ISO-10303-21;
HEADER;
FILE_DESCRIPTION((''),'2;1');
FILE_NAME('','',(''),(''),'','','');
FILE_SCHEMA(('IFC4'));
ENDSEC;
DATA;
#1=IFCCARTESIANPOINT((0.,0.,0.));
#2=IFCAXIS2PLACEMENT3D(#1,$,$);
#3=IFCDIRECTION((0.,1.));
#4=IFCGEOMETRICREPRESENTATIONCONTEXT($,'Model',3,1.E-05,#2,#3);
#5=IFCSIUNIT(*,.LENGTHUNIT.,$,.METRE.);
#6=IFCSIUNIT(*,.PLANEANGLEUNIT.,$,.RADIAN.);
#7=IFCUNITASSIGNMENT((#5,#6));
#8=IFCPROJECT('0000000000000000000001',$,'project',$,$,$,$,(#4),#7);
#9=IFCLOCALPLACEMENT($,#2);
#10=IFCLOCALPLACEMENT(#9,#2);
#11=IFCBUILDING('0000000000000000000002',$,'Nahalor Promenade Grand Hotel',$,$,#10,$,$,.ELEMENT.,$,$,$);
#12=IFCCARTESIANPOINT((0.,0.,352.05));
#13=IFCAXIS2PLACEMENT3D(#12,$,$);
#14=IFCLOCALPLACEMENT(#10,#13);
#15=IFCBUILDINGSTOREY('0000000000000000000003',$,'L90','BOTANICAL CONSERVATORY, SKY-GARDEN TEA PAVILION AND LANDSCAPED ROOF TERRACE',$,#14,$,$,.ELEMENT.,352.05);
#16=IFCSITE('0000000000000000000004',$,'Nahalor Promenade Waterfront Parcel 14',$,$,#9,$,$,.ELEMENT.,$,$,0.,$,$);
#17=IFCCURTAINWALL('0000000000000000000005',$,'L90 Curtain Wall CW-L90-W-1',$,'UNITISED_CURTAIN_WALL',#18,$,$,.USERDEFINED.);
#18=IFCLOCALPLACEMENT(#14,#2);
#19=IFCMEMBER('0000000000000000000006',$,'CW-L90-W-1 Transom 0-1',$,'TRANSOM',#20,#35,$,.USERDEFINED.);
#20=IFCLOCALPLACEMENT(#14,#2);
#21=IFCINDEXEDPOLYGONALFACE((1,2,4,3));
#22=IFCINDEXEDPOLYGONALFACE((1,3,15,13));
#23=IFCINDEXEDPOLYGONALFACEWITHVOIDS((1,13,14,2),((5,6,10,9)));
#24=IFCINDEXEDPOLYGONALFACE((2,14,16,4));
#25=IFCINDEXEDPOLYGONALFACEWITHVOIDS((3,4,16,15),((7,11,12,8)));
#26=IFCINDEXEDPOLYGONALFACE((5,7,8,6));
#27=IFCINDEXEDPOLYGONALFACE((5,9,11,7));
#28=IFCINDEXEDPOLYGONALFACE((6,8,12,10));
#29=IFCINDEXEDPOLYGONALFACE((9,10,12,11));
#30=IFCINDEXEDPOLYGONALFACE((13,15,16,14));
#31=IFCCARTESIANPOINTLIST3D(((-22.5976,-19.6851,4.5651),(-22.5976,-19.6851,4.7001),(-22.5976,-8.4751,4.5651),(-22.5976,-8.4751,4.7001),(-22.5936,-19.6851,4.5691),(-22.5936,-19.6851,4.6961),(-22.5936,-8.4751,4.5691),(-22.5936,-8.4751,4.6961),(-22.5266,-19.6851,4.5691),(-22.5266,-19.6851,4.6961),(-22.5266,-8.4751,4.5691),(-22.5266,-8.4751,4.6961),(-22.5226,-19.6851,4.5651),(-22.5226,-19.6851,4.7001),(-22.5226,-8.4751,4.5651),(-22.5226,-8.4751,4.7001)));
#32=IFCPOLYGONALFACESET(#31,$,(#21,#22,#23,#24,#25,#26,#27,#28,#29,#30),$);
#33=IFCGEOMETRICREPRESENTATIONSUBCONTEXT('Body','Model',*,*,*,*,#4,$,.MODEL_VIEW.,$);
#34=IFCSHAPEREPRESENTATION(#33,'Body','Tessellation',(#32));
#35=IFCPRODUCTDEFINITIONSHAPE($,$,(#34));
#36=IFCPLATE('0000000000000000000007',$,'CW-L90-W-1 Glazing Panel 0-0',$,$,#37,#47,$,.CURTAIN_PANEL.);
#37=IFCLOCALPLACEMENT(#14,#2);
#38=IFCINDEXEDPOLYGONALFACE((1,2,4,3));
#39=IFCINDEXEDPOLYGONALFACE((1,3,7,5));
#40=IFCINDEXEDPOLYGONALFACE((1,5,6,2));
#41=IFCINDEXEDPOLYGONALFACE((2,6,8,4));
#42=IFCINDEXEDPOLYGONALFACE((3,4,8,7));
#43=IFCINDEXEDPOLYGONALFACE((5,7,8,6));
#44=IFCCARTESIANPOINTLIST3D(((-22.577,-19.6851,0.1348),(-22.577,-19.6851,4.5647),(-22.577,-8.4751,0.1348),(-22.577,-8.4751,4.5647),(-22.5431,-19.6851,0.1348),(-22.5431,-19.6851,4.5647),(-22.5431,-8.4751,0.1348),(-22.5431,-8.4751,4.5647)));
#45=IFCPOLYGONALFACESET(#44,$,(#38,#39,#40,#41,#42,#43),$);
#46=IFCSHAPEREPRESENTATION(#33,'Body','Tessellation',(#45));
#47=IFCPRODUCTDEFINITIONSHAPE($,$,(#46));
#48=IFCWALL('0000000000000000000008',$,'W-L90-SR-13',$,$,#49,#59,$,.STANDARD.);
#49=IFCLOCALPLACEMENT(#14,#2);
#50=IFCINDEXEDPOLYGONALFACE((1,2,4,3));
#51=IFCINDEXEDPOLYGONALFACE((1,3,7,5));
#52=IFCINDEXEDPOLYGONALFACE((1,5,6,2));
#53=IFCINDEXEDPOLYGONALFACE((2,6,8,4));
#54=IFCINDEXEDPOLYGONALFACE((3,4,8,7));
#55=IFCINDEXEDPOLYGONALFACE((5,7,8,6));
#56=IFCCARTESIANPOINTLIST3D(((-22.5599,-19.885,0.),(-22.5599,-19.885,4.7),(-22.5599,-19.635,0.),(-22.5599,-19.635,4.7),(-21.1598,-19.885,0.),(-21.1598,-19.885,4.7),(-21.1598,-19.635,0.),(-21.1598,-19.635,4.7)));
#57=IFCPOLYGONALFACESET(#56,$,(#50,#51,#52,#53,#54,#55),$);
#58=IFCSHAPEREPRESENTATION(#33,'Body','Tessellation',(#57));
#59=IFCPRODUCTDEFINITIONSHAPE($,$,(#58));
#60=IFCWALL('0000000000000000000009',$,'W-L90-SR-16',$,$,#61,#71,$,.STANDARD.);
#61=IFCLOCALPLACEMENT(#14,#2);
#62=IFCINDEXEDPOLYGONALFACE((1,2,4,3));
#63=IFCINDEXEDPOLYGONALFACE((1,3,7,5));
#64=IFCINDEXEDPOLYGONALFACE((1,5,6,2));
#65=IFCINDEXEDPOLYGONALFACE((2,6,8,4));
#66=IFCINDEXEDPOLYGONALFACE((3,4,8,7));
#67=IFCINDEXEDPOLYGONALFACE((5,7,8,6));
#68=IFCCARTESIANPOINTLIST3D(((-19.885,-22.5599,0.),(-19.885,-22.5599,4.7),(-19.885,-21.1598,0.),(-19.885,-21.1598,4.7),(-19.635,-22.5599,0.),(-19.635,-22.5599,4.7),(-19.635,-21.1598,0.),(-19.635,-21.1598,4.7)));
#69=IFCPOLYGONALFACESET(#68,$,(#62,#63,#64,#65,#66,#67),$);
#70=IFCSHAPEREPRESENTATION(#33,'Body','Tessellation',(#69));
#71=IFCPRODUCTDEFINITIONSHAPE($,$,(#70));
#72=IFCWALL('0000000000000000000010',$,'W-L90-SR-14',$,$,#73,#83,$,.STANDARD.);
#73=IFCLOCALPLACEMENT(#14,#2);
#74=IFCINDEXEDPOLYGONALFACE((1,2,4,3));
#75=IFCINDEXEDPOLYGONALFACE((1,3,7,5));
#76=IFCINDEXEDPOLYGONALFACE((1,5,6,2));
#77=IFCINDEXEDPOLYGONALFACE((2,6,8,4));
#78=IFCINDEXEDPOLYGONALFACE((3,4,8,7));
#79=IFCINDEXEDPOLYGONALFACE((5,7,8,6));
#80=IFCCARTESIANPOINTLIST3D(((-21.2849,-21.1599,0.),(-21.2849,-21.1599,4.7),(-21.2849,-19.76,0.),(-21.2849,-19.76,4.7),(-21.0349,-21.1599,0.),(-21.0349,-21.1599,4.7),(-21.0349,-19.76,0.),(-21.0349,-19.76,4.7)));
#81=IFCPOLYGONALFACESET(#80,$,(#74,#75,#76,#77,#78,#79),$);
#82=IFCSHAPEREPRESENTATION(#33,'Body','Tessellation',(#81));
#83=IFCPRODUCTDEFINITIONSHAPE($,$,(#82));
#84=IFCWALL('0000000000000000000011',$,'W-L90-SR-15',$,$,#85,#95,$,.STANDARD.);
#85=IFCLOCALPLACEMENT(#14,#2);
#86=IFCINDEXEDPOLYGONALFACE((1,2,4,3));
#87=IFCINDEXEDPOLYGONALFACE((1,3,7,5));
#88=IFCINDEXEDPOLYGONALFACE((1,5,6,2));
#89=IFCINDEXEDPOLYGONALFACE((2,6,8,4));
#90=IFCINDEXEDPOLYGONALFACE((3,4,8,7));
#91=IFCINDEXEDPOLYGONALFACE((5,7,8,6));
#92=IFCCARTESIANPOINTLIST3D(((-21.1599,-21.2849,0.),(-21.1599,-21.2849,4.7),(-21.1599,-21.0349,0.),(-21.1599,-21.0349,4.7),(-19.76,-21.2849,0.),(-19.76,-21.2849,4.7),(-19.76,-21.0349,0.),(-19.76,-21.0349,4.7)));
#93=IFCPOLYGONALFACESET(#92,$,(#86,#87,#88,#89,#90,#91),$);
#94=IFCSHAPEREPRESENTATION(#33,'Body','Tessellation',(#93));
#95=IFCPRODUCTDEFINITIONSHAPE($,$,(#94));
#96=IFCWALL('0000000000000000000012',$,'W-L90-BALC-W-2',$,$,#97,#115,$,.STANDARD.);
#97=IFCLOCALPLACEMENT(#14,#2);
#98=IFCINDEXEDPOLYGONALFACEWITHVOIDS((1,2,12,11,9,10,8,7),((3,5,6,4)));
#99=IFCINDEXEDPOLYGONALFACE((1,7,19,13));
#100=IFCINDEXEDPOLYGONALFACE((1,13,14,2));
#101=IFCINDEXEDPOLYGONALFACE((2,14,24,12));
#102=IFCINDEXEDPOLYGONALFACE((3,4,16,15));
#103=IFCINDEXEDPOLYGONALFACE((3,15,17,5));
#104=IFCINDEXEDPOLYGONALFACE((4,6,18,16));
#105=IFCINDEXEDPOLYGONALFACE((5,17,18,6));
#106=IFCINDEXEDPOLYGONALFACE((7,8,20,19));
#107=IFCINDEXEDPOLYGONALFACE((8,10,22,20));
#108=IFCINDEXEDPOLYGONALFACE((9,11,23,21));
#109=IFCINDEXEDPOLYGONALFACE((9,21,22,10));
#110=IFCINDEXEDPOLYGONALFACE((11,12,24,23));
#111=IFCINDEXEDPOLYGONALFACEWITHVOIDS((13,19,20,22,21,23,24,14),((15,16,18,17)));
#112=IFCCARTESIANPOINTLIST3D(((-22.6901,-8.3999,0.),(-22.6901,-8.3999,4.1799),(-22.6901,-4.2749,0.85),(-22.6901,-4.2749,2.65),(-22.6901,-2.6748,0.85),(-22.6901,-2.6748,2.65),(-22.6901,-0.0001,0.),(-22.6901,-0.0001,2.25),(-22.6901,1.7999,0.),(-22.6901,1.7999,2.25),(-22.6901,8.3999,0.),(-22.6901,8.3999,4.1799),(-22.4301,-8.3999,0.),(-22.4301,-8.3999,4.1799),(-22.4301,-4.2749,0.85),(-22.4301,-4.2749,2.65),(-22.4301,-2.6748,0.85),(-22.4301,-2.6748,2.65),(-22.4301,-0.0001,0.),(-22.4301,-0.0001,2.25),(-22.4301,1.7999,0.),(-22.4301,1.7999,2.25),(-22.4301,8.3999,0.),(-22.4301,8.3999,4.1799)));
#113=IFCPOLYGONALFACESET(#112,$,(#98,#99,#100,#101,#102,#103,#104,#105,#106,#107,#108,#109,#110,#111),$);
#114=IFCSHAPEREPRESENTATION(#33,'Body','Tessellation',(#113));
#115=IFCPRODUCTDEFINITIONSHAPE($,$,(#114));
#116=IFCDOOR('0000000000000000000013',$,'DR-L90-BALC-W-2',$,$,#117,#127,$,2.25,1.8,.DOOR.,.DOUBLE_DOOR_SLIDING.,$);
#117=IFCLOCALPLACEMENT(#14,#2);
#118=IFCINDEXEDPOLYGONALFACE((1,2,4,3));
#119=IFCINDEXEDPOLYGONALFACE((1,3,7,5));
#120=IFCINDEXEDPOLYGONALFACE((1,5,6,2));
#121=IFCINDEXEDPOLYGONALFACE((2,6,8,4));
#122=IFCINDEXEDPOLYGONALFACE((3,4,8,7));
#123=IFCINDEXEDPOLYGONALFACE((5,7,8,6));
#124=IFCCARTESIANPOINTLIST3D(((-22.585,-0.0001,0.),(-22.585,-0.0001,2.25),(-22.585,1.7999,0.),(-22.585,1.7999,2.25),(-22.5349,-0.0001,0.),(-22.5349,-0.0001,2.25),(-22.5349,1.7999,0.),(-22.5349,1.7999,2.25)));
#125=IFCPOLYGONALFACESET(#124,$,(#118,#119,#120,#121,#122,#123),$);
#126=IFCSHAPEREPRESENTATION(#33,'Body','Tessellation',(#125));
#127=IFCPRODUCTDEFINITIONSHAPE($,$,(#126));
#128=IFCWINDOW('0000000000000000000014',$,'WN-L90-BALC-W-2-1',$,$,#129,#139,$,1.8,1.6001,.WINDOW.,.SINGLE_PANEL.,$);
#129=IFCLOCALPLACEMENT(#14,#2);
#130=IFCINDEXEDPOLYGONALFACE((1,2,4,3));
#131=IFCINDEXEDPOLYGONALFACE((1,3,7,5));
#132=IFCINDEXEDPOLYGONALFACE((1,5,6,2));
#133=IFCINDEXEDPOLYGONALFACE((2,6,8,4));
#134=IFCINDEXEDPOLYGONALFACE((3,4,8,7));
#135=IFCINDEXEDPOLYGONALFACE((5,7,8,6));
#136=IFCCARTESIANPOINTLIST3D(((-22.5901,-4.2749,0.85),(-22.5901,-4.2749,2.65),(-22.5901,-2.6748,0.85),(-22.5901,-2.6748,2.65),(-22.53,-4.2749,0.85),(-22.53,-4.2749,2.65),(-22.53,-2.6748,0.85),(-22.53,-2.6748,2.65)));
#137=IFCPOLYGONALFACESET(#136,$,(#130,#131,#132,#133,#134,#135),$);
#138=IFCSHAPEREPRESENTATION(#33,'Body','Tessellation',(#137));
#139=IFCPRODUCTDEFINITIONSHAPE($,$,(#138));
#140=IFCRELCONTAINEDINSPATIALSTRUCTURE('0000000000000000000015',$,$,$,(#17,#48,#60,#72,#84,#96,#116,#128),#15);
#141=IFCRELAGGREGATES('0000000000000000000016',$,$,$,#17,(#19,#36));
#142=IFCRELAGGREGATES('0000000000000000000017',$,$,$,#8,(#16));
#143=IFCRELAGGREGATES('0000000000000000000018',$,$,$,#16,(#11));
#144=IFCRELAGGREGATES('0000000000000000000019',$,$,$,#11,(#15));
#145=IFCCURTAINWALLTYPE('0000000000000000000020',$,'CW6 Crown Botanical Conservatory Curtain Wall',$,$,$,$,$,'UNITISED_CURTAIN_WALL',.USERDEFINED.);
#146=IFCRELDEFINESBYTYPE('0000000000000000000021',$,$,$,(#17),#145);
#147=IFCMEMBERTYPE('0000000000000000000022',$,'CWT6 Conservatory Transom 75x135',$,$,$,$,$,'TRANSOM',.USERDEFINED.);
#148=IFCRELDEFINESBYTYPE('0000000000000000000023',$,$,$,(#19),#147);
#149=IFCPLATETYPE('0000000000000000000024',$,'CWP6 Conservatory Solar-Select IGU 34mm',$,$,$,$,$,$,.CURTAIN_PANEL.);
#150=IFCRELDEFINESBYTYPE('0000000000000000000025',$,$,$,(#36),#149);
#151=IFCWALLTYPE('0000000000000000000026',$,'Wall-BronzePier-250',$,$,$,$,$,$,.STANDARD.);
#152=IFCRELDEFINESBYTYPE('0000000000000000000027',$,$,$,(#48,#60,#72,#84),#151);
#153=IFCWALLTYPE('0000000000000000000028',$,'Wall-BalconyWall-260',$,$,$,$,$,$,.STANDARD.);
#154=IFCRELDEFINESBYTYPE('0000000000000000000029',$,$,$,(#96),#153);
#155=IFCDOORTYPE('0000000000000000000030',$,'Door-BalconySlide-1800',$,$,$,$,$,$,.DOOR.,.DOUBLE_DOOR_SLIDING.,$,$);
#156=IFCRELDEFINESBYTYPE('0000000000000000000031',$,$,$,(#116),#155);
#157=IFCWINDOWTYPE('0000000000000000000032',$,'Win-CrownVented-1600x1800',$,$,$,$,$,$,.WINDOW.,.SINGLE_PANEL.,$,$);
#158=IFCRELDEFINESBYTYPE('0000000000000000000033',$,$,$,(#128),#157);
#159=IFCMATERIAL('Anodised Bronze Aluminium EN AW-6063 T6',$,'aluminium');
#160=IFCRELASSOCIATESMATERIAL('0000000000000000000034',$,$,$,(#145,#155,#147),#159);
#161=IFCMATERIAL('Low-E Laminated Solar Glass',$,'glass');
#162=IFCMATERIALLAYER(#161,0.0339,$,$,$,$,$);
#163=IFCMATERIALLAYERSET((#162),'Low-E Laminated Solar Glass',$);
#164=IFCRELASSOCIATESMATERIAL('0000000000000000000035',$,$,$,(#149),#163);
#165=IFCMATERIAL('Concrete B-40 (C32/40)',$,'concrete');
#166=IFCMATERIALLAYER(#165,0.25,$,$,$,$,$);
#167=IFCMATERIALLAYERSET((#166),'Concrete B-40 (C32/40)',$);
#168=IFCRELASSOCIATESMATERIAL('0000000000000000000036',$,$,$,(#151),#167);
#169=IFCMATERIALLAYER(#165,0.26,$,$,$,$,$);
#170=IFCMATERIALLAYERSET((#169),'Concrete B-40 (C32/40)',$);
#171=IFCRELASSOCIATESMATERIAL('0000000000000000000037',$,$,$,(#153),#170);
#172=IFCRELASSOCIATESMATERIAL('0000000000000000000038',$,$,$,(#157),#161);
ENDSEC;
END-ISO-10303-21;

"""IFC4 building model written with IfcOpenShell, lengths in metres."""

from ifc_helpers import new_model, si_unit, direction, frame, frame_2d, origin, origin_2d, place, context, subcontext, project, spatial, rectangle, hollow_rectangle, extrude, source, transform, mapped, material, layer, layer_set, material_profile, profile_set, type_object, element, fill, aggregate, save


model = new_model("IFC4")

# Units and contexts
model_context = context("Model", 3, precision=1e-05, world=origin(), true_north=direction((0.0, 1.0)))
body_context = subcontext(model_context, "Body", "Model", "MODEL_VIEW")
ifc_project = project(units=[si_unit("LENGTHUNIT", "METRE"), si_unit("PLANEANGLEUNIT", "RADIAN")], contexts=[model_context])

# Site, building, storey
site_placement = place(None, origin())
site = spatial("IfcSite", under=ifc_project, at=site_placement, Name="Nahalor Promenade Waterfront Parcel 14", CompositionType="ELEMENT", RefElevation=0.0)
building_placement = place(site_placement, origin())
building = spatial("IfcBuilding", under=site, at=building_placement, Name="Nahalor Promenade Grand Hotel", CompositionType="ELEMENT")
storey_placement = place(building_placement, frame((0.0, 0.0, 352.05)))
storey = spatial("IfcBuildingStorey", under=building, at=storey_placement, Name="L90", Description="BOTANICAL CONSERVATORY, SKY-GARDEN TEA PAVILION AND LANDSCAPED ROOF TERRACE", CompositionType="ELEMENT", Elevation=352.05)

# Curtain wall, member, plate
ifc_material_1 = material(Name="Anodised Bronze Aluminium EN AW-6063 T6", Category="aluminium")
curtain_wall_type = type_object("IfcCurtainWallType", Name="CW6 Crown Botanical Conservatory Curtain Wall", ElementType="UNITISED_CURTAIN_WALL", PredefinedType="USERDEFINED", material=ifc_material_1)
curtain_wall_placement = place(storey_placement, origin())
curtain_wall = element("IfcCurtainWall", 1, at=curtain_wall_placement, inside=storey, type_object=curtain_wall_type, Name="L90 Curtain Wall CW-L90-W-1", ObjectType="UNITISED_CURTAIN_WALL", PredefinedType="USERDEFINED")
ifc_material_profile_1 = material_profile(ifc_material_1, hollow_rectangle(XDim=0.075, YDim=0.135, WallThickness=0.004, at=origin_2d()), Name="CWT 75x135x4")
ifc_profile_set_1 = profile_set([ifc_material_profile_1], Name="Anodised Bronze Aluminium EN AW-6063 T6")
member_type_1 = type_object("IfcMemberType", Name="CWT6 Conservatory Transom 75x135", ElementType="TRANSOM", PredefinedType="USERDEFINED", material=ifc_profile_set_1)
shared_shape_1 = source(origin(), body_context, "Body", "SweptSolid", [
    extrude(hollow_rectangle(XDim=0.075, YDim=0.135, WallThickness=0.004, at=origin_2d()), origin(), (0.0, 0.0, 1.0), 11.21),
])
member_1_placement = place(storey_placement, frame((-22.5601, -19.6851, 4.6326), z_axis=(0.0, 1.0, 0.0), x_axis=(-1.0, 0.0, 0.0)))
member_1 = element("IfcMember", 2, at=member_1_placement, type_object=member_type_1, Name="CW-L90-W-1 Transom 0-1", ObjectType="TRANSOM", PredefinedType="USERDEFINED", context=body_context, shape_type="MappedRepresentation", body=[
    mapped(shared_shape_1, transform((0.0, 0.0, 0.0), scale=1.0)),
])
ifc_material_2 = material(Name="Low-E Laminated Solar Glass", Category="glass")
ifc_layer_1 = layer(ifc_material_2, 0.0339)
ifc_layer_set_1 = layer_set([ifc_layer_1], Name="Low-E Laminated Solar Glass")
plate_type = type_object("IfcPlateType", Name="CWP6 Conservatory Solar-Select IGU 34mm", PredefinedType="CURTAIN_PANEL", material=ifc_layer_set_1)
shared_shape_2 = source(origin(), body_context, "Body", "SweptSolid", [
    extrude(rectangle(XDim=11.21, YDim=0.0339, at=origin_2d()), origin(), (0.0, 0.0, 1.0), 4.4299),
])
plate_placement = place(storey_placement, frame((-22.5601, -14.0801, 0.1348), z_axis=(0.0, 0.0, 1.0), x_axis=(0.0, 1.0, 0.0)))
plate = element("IfcPlate", 3, at=plate_placement, type_object=plate_type, Name="CW-L90-W-1 Glazing Panel 0-0", PredefinedType="CURTAIN_PANEL", context=body_context, shape_type="MappedRepresentation", body=[
    mapped(shared_shape_2, transform((0.0, 0.0, 0.0), scale=1.0)),
])
aggregate(curtain_wall, [member_1, plate])

# Walls
ifc_material_3 = material(Name="Concrete B-40 (C32/40)", Category="concrete")
ifc_layer_2 = layer(ifc_material_3, 0.25)
ifc_layer_set_2 = layer_set([ifc_layer_2], Name="Concrete B-40 (C32/40)")
wall_type_1 = type_object("IfcWallType", Name="Wall-BronzePier-250", PredefinedType="STANDARD", material=ifc_layer_set_2)
shared_shape_3 = source(origin(), body_context, "Body", "SweptSolid", [
    extrude(rectangle(XDim=1.4001, YDim=0.25, at=frame_2d((0.7002, 0.0))), origin(), (0.0, 0.0, 1.0), 4.7),
])
for number, where, z_axis, x_axis, name in (
    (4, (-22.5601, -19.76, 0.0), (0.0, 0.0, 1.0), (1.0, 0.0, 0.0), "W-L90-SR-13"),
    (5, (-19.76, -22.5601, 0.0), (0.0, 0.0, 1.0), (0.0, 1.0, 0.0), "W-L90-SR-16"),
):
    element("IfcWall", number, at=place(storey_placement, frame(where, z_axis=z_axis, x_axis=x_axis)), inside=storey, type_object=wall_type_1, Name=name, PredefinedType="STANDARD", context=body_context, shape_type="MappedRepresentation", body=[
        mapped(shared_shape_3, transform((0.0, 0.0, 0.0), scale=1.0)),
    ])
shared_shape_4 = source(origin(), body_context, "Body", "SweptSolid", [
    extrude(rectangle(XDim=1.3999, YDim=0.25, at=frame_2d((0.7, 0.0))), origin(), (0.0, 0.0, 1.0), 4.7),
])
for number, where, z_axis, x_axis, name in (
    (6, (-21.1599, -21.1599, 0.0), (0.0, 0.0, 1.0), (0.0, 1.0, 0.0), "W-L90-SR-14"),
    (7, (-21.1599, -21.1599, 0.0), (0.0, 0.0, 1.0), (1.0, 0.0, 0.0), "W-L90-SR-15"),
):
    element("IfcWall", number, at=place(storey_placement, frame(where, z_axis=z_axis, x_axis=x_axis)), inside=storey, type_object=wall_type_1, Name=name, PredefinedType="STANDARD", context=body_context, shape_type="MappedRepresentation", body=[
        mapped(shared_shape_4, transform((0.0, 0.0, 0.0), scale=1.0)),
    ])

# Wall, openings, door, window
ifc_layer_3 = layer(ifc_material_3, 0.26)
ifc_layer_set_3 = layer_set([ifc_layer_3], Name="Concrete B-40 (C32/40)")
wall_type_2 = type_object("IfcWallType", Name="Wall-BalconyWall-260", PredefinedType="STANDARD", material=ifc_layer_set_3)
shared_shape_5 = source(origin(), body_context, "Body", "SweptSolid", [
    extrude(rectangle(XDim=16.7998, YDim=0.26, at=frame_2d((8.3999, 0.0))), origin(), (0.0, 0.0, 1.0), 4.1799),
])
wall_placement = place(storey_placement, frame((-22.5601, -8.3999, 0.0), z_axis=(0.0, 0.0, 1.0), x_axis=(0.0, 1.0, 0.0)))
wall = element("IfcWall", 8, at=wall_placement, inside=storey, type_object=wall_type_2, Name="W-L90-BALC-W-2", PredefinedType="STANDARD", context=body_context, shape_type="MappedRepresentation", body=[
    mapped(shared_shape_5, transform((0.0, 0.0, 0.0), scale=1.0)),
])
opening_1_placement = place(wall_placement, frame((8.3999, 0.0, 0.0)))
opening_1 = element("IfcOpeningElement", 9, at=opening_1_placement, cuts=wall, PredefinedType="OPENING", context=body_context, shape_type="SweptSolid", body=[
    extrude(rectangle(XDim=1.8, YDim=2.25, at=frame_2d((0.8999, 1.125))), frame((0.0, 0.1399, 0.0), z_axis=(0.0, -1.0, 0.0), x_axis=(1.0, 0.0, 0.0)), (0.0, 0.0, 1.0), 0.28),
])
opening_2_placement = place(wall_placement, frame((4.125, 0.0, 0.8501)))
opening_2 = element("IfcOpeningElement", 10, at=opening_2_placement, cuts=wall, PredefinedType="OPENING", context=body_context, shape_type="SweptSolid", body=[
    extrude(rectangle(XDim=1.6001, YDim=1.8, at=frame_2d((0.8, 0.8999))), frame((0.0, 0.1399, 0.0), z_axis=(0.0, -1.0, 0.0), x_axis=(1.0, 0.0, 0.0)), (0.0, 0.0, 1.0), 0.28),
])
door_type = type_object("IfcDoorType", Name="Door-BalconySlide-1800", OperationType="DOUBLE_DOOR_SLIDING", PredefinedType="DOOR", material=ifc_material_1)
shared_shape_6 = source(origin(), body_context, "Body", "SweptSolid", [
    extrude(rectangle(XDim=1.8, YDim=2.25, at=frame_2d((0.8999, 1.125))), frame((0.0, 0.0249, 0.0), z_axis=(0.0, -1.0, 0.0), x_axis=(1.0, 0.0, 0.0)), (0.0, 0.0, 1.0), 0.05),
])
door_placement = place(opening_1_placement, origin())
door = element("IfcDoor", 11, at=door_placement, inside=storey, type_object=door_type, Name="DR-L90-BALC-W-2", OperationType="DOUBLE_DOOR_SLIDING", OverallHeight=2.25, OverallWidth=1.8, PredefinedType="DOOR", context=body_context, shape_type="MappedRepresentation", body=[
    mapped(shared_shape_6, transform((0.0, 0.0, 0.0), scale=1.0)),
])
fill(opening_1, door)
window_type = type_object("IfcWindowType", Name="Win-CrownVented-1600x1800", PartitioningType="SINGLE_PANEL", PredefinedType="WINDOW", material=ifc_material_2)
shared_shape_7 = source(origin(), body_context, "Body", "SweptSolid", [
    extrude(rectangle(XDim=1.6001, YDim=1.8, at=frame_2d((0.8, 0.8999))), frame((0.0, 0.03, 0.0), z_axis=(0.0, -1.0, 0.0), x_axis=(1.0, 0.0, 0.0)), (0.0, 0.0, 1.0), 0.0601),
])
window_placement = place(opening_2_placement, origin())
window = element("IfcWindow", 12, at=window_placement, inside=storey, type_object=window_type, Name="WN-L90-BALC-W-2-1", OverallHeight=1.8, OverallWidth=1.6001, PartitioningType="SINGLE_PANEL", PredefinedType="WINDOW", context=body_context, shape_type="MappedRepresentation", body=[
    mapped(shared_shape_7, transform((0.0, 0.0, 0.0), scale=1.0)),
])
fill(opening_2, window)

save(model, "model.ifc")
